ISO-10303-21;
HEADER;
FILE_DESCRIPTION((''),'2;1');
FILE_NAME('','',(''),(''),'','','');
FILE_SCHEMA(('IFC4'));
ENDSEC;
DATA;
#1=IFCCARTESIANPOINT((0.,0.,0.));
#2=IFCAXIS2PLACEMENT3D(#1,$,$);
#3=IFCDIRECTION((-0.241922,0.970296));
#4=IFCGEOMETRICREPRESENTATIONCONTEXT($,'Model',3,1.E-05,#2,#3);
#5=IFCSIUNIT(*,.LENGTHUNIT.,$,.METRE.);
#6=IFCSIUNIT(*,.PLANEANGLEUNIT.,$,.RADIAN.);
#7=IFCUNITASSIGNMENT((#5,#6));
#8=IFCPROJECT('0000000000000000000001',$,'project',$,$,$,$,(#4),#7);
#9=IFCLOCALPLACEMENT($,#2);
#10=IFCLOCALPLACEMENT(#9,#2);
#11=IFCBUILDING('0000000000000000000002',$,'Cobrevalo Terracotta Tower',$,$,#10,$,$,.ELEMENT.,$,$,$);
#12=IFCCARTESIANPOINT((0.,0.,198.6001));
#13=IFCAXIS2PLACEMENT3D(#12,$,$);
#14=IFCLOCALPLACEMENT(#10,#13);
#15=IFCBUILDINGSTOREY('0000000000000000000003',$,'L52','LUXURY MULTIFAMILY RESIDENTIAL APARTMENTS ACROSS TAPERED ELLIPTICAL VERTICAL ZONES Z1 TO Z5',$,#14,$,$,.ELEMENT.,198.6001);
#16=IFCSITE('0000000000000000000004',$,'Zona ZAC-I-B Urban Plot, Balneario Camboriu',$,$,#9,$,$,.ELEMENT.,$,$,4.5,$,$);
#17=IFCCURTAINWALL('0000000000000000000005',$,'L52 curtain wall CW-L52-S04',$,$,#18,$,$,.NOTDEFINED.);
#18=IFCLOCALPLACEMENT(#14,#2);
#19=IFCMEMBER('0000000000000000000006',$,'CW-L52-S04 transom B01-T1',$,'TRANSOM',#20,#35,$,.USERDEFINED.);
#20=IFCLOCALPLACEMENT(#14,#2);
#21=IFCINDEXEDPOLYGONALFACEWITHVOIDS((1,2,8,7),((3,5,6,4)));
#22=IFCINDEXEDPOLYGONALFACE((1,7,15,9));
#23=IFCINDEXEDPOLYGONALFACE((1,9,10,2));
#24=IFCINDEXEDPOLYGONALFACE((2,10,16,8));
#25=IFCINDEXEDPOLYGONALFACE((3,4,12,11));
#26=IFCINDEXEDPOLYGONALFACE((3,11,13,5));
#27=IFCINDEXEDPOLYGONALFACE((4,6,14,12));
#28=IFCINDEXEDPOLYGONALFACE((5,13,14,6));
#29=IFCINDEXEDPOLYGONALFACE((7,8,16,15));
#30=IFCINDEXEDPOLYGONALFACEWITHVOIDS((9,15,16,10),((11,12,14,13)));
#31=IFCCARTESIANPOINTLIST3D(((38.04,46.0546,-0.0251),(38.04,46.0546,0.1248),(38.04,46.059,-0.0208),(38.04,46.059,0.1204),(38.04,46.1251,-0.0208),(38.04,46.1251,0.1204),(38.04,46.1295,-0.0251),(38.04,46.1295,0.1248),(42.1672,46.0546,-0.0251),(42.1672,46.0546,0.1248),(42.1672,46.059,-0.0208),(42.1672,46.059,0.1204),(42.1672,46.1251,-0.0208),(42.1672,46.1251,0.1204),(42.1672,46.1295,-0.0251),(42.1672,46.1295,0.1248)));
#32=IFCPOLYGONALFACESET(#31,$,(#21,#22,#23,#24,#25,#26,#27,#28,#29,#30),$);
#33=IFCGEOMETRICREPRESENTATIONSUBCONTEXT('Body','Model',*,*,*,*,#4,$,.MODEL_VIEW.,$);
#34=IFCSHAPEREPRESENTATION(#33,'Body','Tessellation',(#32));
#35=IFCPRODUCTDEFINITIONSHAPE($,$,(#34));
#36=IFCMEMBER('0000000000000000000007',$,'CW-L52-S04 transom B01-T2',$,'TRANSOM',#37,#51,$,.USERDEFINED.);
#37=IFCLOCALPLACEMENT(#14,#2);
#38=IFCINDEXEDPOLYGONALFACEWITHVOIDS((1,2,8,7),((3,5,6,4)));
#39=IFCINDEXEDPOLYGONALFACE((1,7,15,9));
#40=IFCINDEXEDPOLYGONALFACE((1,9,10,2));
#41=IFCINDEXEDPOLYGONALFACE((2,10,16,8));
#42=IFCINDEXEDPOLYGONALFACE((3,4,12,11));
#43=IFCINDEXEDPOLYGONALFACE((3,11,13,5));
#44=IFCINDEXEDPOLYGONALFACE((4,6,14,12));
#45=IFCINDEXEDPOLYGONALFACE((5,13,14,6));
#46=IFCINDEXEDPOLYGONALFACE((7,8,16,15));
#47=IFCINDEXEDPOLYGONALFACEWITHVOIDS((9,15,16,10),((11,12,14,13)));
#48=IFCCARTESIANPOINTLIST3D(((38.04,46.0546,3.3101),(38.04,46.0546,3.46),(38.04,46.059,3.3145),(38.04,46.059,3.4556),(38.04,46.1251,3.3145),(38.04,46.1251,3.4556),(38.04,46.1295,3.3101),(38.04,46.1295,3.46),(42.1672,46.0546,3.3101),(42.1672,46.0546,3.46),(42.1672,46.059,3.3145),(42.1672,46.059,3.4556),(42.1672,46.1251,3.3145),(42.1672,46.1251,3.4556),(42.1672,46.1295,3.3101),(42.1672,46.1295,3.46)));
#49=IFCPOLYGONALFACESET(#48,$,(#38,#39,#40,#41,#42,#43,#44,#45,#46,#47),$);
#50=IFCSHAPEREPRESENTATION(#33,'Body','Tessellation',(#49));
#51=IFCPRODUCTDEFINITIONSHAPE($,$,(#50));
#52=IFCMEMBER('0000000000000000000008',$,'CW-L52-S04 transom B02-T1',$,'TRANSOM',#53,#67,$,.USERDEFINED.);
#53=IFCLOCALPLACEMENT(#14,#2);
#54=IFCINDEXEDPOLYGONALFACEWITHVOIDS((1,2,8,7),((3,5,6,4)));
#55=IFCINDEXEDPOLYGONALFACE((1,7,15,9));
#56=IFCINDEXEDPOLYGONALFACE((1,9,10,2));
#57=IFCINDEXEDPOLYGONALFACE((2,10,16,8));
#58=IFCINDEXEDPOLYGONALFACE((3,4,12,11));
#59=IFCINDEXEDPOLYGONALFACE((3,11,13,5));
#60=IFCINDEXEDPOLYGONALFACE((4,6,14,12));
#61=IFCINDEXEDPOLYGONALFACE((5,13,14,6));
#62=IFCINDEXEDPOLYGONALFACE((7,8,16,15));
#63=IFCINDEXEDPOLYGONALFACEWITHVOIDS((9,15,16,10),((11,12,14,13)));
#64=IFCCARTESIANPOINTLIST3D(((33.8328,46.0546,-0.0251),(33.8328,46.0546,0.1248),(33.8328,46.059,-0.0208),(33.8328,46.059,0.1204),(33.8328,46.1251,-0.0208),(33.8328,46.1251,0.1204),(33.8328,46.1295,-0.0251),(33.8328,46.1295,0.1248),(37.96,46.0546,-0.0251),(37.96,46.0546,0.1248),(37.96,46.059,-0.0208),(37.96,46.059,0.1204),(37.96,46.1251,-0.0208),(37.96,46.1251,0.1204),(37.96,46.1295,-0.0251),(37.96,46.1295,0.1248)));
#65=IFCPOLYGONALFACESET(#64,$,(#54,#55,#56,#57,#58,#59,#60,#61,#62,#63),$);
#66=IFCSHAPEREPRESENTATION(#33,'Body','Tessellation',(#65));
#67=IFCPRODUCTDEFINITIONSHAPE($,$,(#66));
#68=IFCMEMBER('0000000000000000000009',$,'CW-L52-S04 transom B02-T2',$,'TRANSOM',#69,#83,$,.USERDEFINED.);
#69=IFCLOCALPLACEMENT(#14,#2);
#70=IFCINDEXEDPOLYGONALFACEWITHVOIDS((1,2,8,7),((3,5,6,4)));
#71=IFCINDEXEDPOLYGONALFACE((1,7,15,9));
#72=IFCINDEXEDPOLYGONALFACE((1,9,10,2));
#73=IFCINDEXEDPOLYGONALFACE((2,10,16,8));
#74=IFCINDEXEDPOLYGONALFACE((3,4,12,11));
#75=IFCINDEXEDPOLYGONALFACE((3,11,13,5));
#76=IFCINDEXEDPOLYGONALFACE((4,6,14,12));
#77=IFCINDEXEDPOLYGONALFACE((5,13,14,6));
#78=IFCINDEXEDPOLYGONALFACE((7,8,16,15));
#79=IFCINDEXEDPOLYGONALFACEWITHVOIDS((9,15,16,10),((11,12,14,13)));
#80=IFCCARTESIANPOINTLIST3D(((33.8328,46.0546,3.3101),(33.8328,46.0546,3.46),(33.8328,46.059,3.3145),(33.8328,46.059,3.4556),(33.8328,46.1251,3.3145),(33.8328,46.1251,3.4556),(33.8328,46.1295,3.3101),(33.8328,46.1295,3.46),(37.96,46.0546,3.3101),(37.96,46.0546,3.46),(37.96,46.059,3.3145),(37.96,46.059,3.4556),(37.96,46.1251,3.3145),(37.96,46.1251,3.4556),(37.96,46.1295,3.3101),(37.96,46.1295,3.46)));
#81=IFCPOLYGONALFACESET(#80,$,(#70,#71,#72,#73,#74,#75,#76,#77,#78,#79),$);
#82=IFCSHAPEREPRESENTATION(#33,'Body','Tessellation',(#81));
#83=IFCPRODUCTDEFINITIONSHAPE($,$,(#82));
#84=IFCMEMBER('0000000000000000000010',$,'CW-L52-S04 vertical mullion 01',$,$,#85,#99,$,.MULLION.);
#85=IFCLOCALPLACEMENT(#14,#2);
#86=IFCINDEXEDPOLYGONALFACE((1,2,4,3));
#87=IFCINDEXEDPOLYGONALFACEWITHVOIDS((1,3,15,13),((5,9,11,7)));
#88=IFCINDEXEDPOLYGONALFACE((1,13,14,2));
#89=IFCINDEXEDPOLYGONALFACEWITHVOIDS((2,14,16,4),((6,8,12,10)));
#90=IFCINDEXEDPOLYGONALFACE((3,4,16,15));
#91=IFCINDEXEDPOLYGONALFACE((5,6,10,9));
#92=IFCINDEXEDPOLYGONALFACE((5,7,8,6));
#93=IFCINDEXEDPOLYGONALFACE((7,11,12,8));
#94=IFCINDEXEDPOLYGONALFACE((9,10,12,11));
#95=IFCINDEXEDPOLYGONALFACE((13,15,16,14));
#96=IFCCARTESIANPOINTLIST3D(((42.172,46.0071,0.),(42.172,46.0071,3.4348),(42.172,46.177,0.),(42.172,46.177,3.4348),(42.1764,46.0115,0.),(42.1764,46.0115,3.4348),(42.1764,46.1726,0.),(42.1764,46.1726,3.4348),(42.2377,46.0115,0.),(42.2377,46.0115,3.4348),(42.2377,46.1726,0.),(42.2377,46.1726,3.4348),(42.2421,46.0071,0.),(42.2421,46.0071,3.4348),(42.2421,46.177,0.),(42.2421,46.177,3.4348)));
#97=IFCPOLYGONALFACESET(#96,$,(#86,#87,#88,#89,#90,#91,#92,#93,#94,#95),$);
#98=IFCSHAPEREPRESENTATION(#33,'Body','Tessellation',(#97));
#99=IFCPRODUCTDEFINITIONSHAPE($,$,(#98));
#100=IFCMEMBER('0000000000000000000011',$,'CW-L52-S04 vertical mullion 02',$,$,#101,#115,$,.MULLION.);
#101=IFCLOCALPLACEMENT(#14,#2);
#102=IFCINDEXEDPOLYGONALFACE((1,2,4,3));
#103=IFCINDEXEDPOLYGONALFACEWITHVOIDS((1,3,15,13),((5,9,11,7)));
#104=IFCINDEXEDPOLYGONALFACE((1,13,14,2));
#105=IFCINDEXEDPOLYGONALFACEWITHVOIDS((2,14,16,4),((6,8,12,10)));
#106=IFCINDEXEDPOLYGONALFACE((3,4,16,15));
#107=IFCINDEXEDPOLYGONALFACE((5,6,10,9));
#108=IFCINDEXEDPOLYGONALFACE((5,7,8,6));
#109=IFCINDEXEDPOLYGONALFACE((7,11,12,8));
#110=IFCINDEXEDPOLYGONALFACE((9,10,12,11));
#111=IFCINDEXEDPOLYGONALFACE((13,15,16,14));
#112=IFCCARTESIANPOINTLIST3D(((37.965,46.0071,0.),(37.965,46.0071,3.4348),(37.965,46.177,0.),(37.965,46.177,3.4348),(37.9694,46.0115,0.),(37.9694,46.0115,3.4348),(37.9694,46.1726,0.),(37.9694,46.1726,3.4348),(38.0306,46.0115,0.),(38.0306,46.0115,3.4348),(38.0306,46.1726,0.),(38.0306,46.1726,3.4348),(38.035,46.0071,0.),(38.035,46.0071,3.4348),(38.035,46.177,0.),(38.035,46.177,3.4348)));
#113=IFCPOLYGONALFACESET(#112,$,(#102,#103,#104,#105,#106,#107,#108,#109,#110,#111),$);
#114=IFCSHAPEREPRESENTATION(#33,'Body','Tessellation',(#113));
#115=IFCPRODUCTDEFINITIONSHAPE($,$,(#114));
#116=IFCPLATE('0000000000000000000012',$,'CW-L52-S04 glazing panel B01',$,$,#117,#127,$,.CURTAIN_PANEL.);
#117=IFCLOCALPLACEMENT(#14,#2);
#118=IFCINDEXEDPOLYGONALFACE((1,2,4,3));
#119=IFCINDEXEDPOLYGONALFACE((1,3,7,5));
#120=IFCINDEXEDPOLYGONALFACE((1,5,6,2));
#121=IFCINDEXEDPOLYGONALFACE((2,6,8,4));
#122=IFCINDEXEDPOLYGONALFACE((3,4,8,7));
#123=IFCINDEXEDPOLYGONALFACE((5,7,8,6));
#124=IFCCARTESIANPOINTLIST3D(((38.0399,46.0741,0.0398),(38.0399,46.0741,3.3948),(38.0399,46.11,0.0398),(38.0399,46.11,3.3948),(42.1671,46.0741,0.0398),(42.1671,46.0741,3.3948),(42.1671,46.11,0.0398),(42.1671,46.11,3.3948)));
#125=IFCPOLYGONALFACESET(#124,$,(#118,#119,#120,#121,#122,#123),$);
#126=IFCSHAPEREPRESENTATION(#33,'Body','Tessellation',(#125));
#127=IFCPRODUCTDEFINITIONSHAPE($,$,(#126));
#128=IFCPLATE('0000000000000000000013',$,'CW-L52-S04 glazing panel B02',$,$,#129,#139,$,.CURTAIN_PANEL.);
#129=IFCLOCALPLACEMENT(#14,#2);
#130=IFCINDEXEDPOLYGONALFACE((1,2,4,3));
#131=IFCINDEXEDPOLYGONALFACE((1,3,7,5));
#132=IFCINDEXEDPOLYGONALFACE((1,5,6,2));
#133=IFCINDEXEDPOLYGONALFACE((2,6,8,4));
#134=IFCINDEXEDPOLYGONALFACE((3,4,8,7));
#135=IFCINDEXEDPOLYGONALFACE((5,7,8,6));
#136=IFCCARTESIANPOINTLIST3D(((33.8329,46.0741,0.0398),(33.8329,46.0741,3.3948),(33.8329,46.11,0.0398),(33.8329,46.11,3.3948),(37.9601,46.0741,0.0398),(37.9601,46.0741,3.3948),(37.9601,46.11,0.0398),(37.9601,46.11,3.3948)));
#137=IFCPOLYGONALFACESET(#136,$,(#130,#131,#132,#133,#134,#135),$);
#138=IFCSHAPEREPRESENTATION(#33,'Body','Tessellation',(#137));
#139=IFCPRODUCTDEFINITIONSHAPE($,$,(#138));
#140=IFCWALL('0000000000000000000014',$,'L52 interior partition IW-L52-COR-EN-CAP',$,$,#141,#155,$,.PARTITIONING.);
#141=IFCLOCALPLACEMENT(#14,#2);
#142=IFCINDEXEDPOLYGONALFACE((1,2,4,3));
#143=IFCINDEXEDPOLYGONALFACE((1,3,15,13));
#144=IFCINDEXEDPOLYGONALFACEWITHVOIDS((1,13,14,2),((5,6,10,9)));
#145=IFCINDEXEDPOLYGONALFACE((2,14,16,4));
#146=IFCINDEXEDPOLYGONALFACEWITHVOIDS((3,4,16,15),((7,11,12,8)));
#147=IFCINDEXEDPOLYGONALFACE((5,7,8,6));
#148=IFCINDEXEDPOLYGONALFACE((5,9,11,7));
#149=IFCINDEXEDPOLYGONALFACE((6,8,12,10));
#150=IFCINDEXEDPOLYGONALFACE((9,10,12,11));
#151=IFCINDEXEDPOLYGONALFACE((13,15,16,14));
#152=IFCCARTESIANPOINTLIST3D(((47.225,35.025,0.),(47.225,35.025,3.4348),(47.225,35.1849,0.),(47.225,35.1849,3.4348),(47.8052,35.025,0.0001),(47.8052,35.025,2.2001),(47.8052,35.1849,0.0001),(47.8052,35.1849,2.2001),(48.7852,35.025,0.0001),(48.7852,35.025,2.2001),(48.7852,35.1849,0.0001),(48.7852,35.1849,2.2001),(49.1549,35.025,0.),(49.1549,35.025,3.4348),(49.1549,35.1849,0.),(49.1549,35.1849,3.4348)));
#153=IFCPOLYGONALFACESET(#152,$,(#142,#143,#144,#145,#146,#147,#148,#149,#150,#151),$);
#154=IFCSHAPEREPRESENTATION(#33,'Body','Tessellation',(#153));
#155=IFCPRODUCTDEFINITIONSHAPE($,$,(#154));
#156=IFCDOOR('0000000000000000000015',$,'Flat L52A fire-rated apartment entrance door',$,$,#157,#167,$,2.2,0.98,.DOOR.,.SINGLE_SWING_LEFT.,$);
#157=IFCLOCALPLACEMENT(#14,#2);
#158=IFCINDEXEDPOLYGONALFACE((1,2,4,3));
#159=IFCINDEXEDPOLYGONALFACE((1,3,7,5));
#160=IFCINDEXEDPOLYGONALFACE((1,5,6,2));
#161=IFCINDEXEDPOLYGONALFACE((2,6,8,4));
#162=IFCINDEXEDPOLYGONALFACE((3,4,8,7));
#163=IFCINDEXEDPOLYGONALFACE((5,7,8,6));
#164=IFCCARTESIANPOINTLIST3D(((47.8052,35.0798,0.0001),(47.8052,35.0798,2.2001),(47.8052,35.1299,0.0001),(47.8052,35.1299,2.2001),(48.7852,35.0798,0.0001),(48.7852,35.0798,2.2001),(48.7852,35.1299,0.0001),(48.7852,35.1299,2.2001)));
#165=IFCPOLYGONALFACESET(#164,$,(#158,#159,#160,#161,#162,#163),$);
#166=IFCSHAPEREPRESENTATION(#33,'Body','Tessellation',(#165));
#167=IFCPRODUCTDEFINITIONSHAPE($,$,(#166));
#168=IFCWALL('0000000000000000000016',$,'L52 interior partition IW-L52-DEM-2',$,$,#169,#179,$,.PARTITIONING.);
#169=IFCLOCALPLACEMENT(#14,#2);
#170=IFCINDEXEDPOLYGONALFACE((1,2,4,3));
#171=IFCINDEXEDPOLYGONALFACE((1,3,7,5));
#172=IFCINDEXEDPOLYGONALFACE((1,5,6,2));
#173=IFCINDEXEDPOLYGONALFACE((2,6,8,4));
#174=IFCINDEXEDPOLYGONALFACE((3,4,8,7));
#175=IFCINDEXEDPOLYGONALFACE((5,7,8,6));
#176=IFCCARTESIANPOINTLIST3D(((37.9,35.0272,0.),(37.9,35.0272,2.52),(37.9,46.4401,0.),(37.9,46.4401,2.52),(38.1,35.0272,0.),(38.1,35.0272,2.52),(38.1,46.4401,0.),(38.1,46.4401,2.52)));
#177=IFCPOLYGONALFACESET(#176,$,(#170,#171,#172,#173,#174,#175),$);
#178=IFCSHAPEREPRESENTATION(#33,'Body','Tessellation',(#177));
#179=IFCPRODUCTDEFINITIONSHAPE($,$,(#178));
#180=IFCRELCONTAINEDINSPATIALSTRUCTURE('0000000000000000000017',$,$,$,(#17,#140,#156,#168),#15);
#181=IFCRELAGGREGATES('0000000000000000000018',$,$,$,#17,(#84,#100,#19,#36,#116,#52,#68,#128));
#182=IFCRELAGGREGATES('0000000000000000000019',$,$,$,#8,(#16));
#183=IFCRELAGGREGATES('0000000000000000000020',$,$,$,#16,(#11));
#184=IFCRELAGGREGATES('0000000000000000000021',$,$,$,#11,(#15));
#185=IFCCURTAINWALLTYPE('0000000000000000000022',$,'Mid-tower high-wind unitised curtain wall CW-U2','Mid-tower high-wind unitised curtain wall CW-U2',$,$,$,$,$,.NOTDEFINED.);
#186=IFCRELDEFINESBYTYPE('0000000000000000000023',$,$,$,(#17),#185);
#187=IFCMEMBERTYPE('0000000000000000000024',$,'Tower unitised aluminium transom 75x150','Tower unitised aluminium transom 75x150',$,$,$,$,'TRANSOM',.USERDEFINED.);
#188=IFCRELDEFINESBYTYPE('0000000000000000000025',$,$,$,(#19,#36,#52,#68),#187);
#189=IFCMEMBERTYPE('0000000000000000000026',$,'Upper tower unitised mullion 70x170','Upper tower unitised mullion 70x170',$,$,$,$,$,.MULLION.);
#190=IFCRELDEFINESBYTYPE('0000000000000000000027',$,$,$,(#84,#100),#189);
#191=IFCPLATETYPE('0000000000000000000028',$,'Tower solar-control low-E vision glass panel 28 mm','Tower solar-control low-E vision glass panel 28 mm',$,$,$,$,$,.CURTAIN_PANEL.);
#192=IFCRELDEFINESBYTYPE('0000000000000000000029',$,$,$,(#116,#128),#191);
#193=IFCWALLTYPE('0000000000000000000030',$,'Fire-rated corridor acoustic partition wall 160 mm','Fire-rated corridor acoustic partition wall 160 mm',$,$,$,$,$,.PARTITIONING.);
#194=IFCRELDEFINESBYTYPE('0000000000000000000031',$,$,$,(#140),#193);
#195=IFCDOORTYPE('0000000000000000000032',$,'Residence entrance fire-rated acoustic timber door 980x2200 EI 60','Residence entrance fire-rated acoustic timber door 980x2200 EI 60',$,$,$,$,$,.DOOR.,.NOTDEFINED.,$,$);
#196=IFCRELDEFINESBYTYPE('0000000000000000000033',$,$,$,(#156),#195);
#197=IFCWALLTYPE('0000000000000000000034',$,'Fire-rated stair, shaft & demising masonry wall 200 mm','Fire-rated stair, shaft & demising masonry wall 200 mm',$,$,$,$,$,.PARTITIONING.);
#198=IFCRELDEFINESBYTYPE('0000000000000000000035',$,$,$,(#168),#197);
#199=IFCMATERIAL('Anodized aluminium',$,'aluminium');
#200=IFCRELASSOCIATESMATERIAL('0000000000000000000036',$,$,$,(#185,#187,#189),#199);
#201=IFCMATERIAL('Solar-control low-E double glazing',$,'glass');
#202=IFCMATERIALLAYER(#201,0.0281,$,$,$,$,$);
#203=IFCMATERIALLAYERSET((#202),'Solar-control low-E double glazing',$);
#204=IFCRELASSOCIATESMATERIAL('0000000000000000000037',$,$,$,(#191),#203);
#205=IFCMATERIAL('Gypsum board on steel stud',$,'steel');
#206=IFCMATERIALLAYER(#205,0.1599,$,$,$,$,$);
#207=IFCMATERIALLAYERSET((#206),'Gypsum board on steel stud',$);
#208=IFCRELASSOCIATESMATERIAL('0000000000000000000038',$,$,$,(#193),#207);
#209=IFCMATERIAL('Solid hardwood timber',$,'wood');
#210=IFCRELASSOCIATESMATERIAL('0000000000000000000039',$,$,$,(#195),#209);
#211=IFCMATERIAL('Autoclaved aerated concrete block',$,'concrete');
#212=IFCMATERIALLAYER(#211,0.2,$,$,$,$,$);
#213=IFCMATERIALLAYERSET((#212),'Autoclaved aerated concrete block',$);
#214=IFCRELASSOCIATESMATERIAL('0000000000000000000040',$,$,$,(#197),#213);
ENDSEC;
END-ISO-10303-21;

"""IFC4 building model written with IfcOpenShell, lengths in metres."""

from ifc_helpers import new_model, si_unit, direction, frame, frame_2d, origin, origin_2d, place, context, subcontext, project, spatial, rectangle, hollow_rectangle, extrude, source, transform, mapped, material, layer, layer_set, material_profile, profile_set, type_object, element, fill, aggregate, save


model = new_model("IFC4")

# Units and contexts
model_context = context("Model", 3, precision=1e-05, world=origin(), true_north=direction((-0.241922, 0.970296)))
body_context = subcontext(model_context, "Body", "Model", "MODEL_VIEW")
ifc_project = project(units=[si_unit("LENGTHUNIT", "METRE"), si_unit("PLANEANGLEUNIT", "RADIAN")], contexts=[model_context])

# Site, building, storey
site_placement = place(None, origin())
site = spatial("IfcSite", under=ifc_project, at=site_placement, Name="Zona ZAC-I-B Urban Plot, Balneario Camboriu", CompositionType="ELEMENT", RefElevation=4.5)
building_placement = place(site_placement, origin())
building = spatial("IfcBuilding", under=site, at=building_placement, Name="Cobrevalo Terracotta Tower", CompositionType="ELEMENT")
storey_placement = place(building_placement, frame((0.0, 0.0, 198.6001)))
storey = spatial("IfcBuildingStorey", under=building, at=storey_placement, Name="L52", Description="LUXURY MULTIFAMILY RESIDENTIAL APARTMENTS ACROSS TAPERED ELLIPTICAL VERTICAL ZONES Z1 TO Z5", CompositionType="ELEMENT", Elevation=198.6001)

# Curtain wall, members, plates
ifc_material_1 = material(Name="Anodized aluminium", Category="aluminium")
curtain_wall_type = type_object("IfcCurtainWallType", Name="Mid-tower high-wind unitised curtain wall CW-U2", Description="Mid-tower high-wind unitised curtain wall CW-U2", PredefinedType="NOTDEFINED", material=ifc_material_1)
curtain_wall_placement = place(storey_placement, origin())
curtain_wall = element("IfcCurtainWall", 1, at=curtain_wall_placement, inside=storey, type_object=curtain_wall_type, Name="L52 curtain wall CW-L52-S04", PredefinedType="NOTDEFINED")
ifc_material_profile_1 = material_profile(ifc_material_1, hollow_rectangle(XDim=0.075, YDim=0.1499, WallThickness=0.0044, at=origin_2d()), Name="CWT 75x150")
ifc_profile_set_1 = profile_set([ifc_material_profile_1], Name="Anodized aluminium")
member_type_1 = type_object("IfcMemberType", Name="Tower unitised aluminium transom 75x150", Description="Tower unitised aluminium transom 75x150", ElementType="TRANSOM", PredefinedType="USERDEFINED", material=ifc_profile_set_1)
shared_shape_1 = source(origin(), body_context, "Body", "SweptSolid", [
    extrude(hollow_rectangle(XDim=0.075, YDim=0.1499, WallThickness=0.0044, at=origin_2d()), origin(), (0.0, 0.0, 1.0), 4.1272),
])
member_1_placement = place(storey_placement, frame((42.1672, 46.092, 0.0498), z_axis=(-1.0, 0.0, 0.0), x_axis=(0.0, -1.0, 0.0)))
member_1 = element("IfcMember", 2, at=member_1_placement, type_object=member_type_1, Name="CW-L52-S04 transom B01-T1", ObjectType="TRANSOM", PredefinedType="USERDEFINED", context=body_context, shape_type="MappedRepresentation", body=[
    mapped(shared_shape_1, transform((0.0, 0.0, 0.0), scale=1.0)),
])
member_2_placement = place(storey_placement, frame((42.1672, 46.092, 3.385), z_axis=(-1.0, 0.0, 0.0), x_axis=(0.0, -1.0, 0.0)))
member_2 = element("IfcMember", 3, at=member_2_placement, type_object=member_type_1, Name="CW-L52-S04 transom B01-T2", ObjectType="TRANSOM", PredefinedType="USERDEFINED", context=body_context, shape_type="MappedRepresentation", body=[
    mapped(shared_shape_1, transform((0.0, 0.0, 0.0), scale=1.0)),
])
member_3_placement = place(storey_placement, frame((37.96, 46.092, 0.0498), z_axis=(-1.0, 0.0, 0.0), x_axis=(0.0, -1.0, 0.0)))
member_3 = element("IfcMember", 4, at=member_3_placement, type_object=member_type_1, Name="CW-L52-S04 transom B02-T1", ObjectType="TRANSOM", PredefinedType="USERDEFINED", context=body_context, shape_type="MappedRepresentation", body=[
    mapped(shared_shape_1, transform((0.0, 0.0, 0.0), scale=1.0)),
])
member_4_placement = place(storey_placement, frame((37.96, 46.092, 3.385), z_axis=(-1.0, 0.0, 0.0), x_axis=(0.0, -1.0, 0.0)))
member_4 = element("IfcMember", 5, at=member_4_placement, type_object=member_type_1, Name="CW-L52-S04 transom B02-T2", ObjectType="TRANSOM", PredefinedType="USERDEFINED", context=body_context, shape_type="MappedRepresentation", body=[
    mapped(shared_shape_1, transform((0.0, 0.0, 0.0), scale=1.0)),
])
ifc_material_profile_2 = material_profile(ifc_material_1, hollow_rectangle(XDim=0.0701, YDim=0.1699, WallThickness=0.0044, at=origin_2d()), Name="CWM 70x170")
ifc_profile_set_2 = profile_set([ifc_material_profile_2], Name="Anodized aluminium")
member_type_2 = type_object("IfcMemberType", Name="Upper tower unitised mullion 70x170", Description="Upper tower unitised mullion 70x170", PredefinedType="MULLION", material=ifc_profile_set_2)
shared_shape_2 = source(origin(), body_context, "Body", "SweptSolid", [
    extrude(hollow_rectangle(XDim=0.0701, YDim=0.1699, WallThickness=0.0044, at=origin_2d()), origin(), (0.0, 0.0, 1.0), 3.4348),
])
member_5_placement = place(storey_placement, frame((42.207, 46.092, 0.0), z_axis=(0.0, 0.0, 1.0), x_axis=(-1.0, 0.0, 0.0)))
member_5 = element("IfcMember", 6, at=member_5_placement, type_object=member_type_2, Name="CW-L52-S04 vertical mullion 01", PredefinedType="MULLION", context=body_context, shape_type="MappedRepresentation", body=[
    mapped(shared_shape_2, transform((0.0, 0.0, 0.0), scale=1.0)),
])
member_6_placement = place(storey_placement, frame((38.0, 46.092, 0.0), z_axis=(0.0, 0.0, 1.0), x_axis=(-1.0, 0.0, 0.0)))
member_6 = element("IfcMember", 7, at=member_6_placement, type_object=member_type_2, Name="CW-L52-S04 vertical mullion 02", PredefinedType="MULLION", context=body_context, shape_type="MappedRepresentation", body=[
    mapped(shared_shape_2, transform((0.0, 0.0, 0.0), scale=1.0)),
])
ifc_material_2 = material(Name="Solar-control low-E double glazing", Category="glass")
ifc_layer_1 = layer(ifc_material_2, 0.0281)
ifc_layer_set_1 = layer_set([ifc_layer_1], Name="Solar-control low-E double glazing")
plate_type = type_object("IfcPlateType", Name="Tower solar-control low-E vision glass panel 28 mm", Description="Tower solar-control low-E vision glass panel 28 mm", PredefinedType="CURTAIN_PANEL", material=ifc_layer_set_1)
shared_shape_3 = source(origin(), body_context, "Body", "SweptSolid", [
    extrude(rectangle(XDim=4.1272, YDim=0.0359, at=origin_2d()), origin(), (0.0, 0.0, 1.0), 3.355),
])
plate_1_placement = place(storey_placement, frame((40.1035, 46.092, 0.0398), z_axis=(0.0, 0.0, 1.0), x_axis=(-1.0, 0.0, 0.0)))
plate_1 = element("IfcPlate", 8, at=plate_1_placement, type_object=plate_type, Name="CW-L52-S04 glazing panel B01", PredefinedType="CURTAIN_PANEL", context=body_context, shape_type="MappedRepresentation", body=[
    mapped(shared_shape_3, transform((0.0, 0.0, 0.0), scale=1.0)),
])
plate_2_placement = place(storey_placement, frame((35.8965, 46.092, 0.0398), z_axis=(0.0, 0.0, 1.0), x_axis=(-1.0, 0.0, 0.0)))
plate_2 = element("IfcPlate", 9, at=plate_2_placement, type_object=plate_type, Name="CW-L52-S04 glazing panel B02", PredefinedType="CURTAIN_PANEL", context=body_context, shape_type="MappedRepresentation", body=[
    mapped(shared_shape_3, transform((0.0, 0.0, 0.0), scale=1.0)),
])
aggregate(curtain_wall, [member_5, member_6, member_1, member_2, plate_1, member_3, member_4, plate_2])

# Wall, opening, door
ifc_material_3 = material(Name="Gypsum board on steel stud", Category="steel")
ifc_layer_2 = layer(ifc_material_3, 0.1599)
ifc_layer_set_2 = layer_set([ifc_layer_2], Name="Gypsum board on steel stud")
wall_type_1 = type_object("IfcWallType", Name="Fire-rated corridor acoustic partition wall 160 mm", Description="Fire-rated corridor acoustic partition wall 160 mm", PredefinedType="PARTITIONING", material=ifc_layer_set_2)
wall_1_placement = place(storey_placement, frame((47.2251, 35.105, 0.0), z_axis=(0.0, 0.0, 1.0), x_axis=(1.0, 0.0, 0.0)))
wall_1 = element("IfcWall", 10, at=wall_1_placement, inside=storey, type_object=wall_type_1, Name="L52 interior partition IW-L52-COR-EN-CAP", PredefinedType="PARTITIONING", context=body_context, shape_type="SweptSolid", body=[
    extrude(rectangle(XDim=1.9299, YDim=0.1599, at=frame_2d((0.9648, 0.0))), origin(), (0.0, 0.0, 1.0), 3.4348),
])
opening_1_placement = place(wall_1_placement, frame((0.5801, 0.0, 0.0)))
opening_1 = element("IfcOpeningElement", 11, at=opening_1_placement, cuts=wall_1, PredefinedType="OPENING", context=body_context, shape_type="SweptSolid", body=[
    extrude(rectangle(XDim=0.98, YDim=2.2, at=frame_2d((0.49, 1.1001))), frame((0.0, 0.0898, 0.0), z_axis=(0.0, -1.0, 0.0), x_axis=(1.0, 0.0, 0.0)), (0.0, 0.0, 1.0), 0.1799),
])
ifc_material_4 = material(Name="Solid hardwood timber", Category="wood")
door_type_1 = type_object("IfcDoorType", Name="Residence entrance fire-rated acoustic timber door 980x2200 EI 60", Description="Residence entrance fire-rated acoustic timber door 980x2200 EI 60", OperationType="NOTDEFINED", PredefinedType="DOOR", material=ifc_material_4)
shared_shape_4 = source(origin(), body_context, "Body", "SweptSolid", [
    extrude(rectangle(XDim=0.98, YDim=2.2, at=frame_2d((0.49, 1.1001))), frame((0.0, 0.0249, 0.0), z_axis=(0.0, -1.0, 0.0), x_axis=(1.0, 0.0, 0.0)), (0.0, 0.0, 1.0), 0.05),
])
door_1_placement = place(opening_1_placement, origin())
door_1 = element("IfcDoor", 12, at=door_1_placement, inside=storey, type_object=door_type_1, Name="Flat L52A fire-rated apartment entrance door", OperationType="SINGLE_SWING_LEFT", OverallHeight=2.2, OverallWidth=0.98, PredefinedType="DOOR", context=body_context, shape_type="MappedRepresentation", body=[
    mapped(shared_shape_4, transform((0.0, 0.0, 0.0), scale=1.0)),
])
fill(opening_1, door_1)

# Wall
ifc_material_5 = material(Name="Autoclaved aerated concrete block", Category="concrete")
ifc_layer_3 = layer(ifc_material_5, 0.2)
ifc_layer_set_3 = layer_set([ifc_layer_3], Name="Autoclaved aerated concrete block")
wall_type_2 = type_object("IfcWallType", Name="Fire-rated stair, shaft & demising masonry wall 200 mm", Description="Fire-rated stair, shaft & demising masonry wall 200 mm", PredefinedType="PARTITIONING", material=ifc_layer_set_3)
wall_2_placement = place(storey_placement, frame((38.0, 35.0271, 0.0), z_axis=(0.0, 0.0, 1.0), x_axis=(0.0, 1.0, 0.0)))
element("IfcWall", 13, at=wall_2_placement, inside=storey, type_object=wall_type_2, Name="L52 interior partition IW-L52-DEM-2", PredefinedType="PARTITIONING", context=body_context, shape_type="SweptSolid", body=[
    extrude(rectangle(XDim=11.4128, YDim=0.2, at=frame_2d((5.7065, 0.0))), origin(), (0.0, 0.0, 1.0), 2.52),
])

save(model, "model.ifc")
